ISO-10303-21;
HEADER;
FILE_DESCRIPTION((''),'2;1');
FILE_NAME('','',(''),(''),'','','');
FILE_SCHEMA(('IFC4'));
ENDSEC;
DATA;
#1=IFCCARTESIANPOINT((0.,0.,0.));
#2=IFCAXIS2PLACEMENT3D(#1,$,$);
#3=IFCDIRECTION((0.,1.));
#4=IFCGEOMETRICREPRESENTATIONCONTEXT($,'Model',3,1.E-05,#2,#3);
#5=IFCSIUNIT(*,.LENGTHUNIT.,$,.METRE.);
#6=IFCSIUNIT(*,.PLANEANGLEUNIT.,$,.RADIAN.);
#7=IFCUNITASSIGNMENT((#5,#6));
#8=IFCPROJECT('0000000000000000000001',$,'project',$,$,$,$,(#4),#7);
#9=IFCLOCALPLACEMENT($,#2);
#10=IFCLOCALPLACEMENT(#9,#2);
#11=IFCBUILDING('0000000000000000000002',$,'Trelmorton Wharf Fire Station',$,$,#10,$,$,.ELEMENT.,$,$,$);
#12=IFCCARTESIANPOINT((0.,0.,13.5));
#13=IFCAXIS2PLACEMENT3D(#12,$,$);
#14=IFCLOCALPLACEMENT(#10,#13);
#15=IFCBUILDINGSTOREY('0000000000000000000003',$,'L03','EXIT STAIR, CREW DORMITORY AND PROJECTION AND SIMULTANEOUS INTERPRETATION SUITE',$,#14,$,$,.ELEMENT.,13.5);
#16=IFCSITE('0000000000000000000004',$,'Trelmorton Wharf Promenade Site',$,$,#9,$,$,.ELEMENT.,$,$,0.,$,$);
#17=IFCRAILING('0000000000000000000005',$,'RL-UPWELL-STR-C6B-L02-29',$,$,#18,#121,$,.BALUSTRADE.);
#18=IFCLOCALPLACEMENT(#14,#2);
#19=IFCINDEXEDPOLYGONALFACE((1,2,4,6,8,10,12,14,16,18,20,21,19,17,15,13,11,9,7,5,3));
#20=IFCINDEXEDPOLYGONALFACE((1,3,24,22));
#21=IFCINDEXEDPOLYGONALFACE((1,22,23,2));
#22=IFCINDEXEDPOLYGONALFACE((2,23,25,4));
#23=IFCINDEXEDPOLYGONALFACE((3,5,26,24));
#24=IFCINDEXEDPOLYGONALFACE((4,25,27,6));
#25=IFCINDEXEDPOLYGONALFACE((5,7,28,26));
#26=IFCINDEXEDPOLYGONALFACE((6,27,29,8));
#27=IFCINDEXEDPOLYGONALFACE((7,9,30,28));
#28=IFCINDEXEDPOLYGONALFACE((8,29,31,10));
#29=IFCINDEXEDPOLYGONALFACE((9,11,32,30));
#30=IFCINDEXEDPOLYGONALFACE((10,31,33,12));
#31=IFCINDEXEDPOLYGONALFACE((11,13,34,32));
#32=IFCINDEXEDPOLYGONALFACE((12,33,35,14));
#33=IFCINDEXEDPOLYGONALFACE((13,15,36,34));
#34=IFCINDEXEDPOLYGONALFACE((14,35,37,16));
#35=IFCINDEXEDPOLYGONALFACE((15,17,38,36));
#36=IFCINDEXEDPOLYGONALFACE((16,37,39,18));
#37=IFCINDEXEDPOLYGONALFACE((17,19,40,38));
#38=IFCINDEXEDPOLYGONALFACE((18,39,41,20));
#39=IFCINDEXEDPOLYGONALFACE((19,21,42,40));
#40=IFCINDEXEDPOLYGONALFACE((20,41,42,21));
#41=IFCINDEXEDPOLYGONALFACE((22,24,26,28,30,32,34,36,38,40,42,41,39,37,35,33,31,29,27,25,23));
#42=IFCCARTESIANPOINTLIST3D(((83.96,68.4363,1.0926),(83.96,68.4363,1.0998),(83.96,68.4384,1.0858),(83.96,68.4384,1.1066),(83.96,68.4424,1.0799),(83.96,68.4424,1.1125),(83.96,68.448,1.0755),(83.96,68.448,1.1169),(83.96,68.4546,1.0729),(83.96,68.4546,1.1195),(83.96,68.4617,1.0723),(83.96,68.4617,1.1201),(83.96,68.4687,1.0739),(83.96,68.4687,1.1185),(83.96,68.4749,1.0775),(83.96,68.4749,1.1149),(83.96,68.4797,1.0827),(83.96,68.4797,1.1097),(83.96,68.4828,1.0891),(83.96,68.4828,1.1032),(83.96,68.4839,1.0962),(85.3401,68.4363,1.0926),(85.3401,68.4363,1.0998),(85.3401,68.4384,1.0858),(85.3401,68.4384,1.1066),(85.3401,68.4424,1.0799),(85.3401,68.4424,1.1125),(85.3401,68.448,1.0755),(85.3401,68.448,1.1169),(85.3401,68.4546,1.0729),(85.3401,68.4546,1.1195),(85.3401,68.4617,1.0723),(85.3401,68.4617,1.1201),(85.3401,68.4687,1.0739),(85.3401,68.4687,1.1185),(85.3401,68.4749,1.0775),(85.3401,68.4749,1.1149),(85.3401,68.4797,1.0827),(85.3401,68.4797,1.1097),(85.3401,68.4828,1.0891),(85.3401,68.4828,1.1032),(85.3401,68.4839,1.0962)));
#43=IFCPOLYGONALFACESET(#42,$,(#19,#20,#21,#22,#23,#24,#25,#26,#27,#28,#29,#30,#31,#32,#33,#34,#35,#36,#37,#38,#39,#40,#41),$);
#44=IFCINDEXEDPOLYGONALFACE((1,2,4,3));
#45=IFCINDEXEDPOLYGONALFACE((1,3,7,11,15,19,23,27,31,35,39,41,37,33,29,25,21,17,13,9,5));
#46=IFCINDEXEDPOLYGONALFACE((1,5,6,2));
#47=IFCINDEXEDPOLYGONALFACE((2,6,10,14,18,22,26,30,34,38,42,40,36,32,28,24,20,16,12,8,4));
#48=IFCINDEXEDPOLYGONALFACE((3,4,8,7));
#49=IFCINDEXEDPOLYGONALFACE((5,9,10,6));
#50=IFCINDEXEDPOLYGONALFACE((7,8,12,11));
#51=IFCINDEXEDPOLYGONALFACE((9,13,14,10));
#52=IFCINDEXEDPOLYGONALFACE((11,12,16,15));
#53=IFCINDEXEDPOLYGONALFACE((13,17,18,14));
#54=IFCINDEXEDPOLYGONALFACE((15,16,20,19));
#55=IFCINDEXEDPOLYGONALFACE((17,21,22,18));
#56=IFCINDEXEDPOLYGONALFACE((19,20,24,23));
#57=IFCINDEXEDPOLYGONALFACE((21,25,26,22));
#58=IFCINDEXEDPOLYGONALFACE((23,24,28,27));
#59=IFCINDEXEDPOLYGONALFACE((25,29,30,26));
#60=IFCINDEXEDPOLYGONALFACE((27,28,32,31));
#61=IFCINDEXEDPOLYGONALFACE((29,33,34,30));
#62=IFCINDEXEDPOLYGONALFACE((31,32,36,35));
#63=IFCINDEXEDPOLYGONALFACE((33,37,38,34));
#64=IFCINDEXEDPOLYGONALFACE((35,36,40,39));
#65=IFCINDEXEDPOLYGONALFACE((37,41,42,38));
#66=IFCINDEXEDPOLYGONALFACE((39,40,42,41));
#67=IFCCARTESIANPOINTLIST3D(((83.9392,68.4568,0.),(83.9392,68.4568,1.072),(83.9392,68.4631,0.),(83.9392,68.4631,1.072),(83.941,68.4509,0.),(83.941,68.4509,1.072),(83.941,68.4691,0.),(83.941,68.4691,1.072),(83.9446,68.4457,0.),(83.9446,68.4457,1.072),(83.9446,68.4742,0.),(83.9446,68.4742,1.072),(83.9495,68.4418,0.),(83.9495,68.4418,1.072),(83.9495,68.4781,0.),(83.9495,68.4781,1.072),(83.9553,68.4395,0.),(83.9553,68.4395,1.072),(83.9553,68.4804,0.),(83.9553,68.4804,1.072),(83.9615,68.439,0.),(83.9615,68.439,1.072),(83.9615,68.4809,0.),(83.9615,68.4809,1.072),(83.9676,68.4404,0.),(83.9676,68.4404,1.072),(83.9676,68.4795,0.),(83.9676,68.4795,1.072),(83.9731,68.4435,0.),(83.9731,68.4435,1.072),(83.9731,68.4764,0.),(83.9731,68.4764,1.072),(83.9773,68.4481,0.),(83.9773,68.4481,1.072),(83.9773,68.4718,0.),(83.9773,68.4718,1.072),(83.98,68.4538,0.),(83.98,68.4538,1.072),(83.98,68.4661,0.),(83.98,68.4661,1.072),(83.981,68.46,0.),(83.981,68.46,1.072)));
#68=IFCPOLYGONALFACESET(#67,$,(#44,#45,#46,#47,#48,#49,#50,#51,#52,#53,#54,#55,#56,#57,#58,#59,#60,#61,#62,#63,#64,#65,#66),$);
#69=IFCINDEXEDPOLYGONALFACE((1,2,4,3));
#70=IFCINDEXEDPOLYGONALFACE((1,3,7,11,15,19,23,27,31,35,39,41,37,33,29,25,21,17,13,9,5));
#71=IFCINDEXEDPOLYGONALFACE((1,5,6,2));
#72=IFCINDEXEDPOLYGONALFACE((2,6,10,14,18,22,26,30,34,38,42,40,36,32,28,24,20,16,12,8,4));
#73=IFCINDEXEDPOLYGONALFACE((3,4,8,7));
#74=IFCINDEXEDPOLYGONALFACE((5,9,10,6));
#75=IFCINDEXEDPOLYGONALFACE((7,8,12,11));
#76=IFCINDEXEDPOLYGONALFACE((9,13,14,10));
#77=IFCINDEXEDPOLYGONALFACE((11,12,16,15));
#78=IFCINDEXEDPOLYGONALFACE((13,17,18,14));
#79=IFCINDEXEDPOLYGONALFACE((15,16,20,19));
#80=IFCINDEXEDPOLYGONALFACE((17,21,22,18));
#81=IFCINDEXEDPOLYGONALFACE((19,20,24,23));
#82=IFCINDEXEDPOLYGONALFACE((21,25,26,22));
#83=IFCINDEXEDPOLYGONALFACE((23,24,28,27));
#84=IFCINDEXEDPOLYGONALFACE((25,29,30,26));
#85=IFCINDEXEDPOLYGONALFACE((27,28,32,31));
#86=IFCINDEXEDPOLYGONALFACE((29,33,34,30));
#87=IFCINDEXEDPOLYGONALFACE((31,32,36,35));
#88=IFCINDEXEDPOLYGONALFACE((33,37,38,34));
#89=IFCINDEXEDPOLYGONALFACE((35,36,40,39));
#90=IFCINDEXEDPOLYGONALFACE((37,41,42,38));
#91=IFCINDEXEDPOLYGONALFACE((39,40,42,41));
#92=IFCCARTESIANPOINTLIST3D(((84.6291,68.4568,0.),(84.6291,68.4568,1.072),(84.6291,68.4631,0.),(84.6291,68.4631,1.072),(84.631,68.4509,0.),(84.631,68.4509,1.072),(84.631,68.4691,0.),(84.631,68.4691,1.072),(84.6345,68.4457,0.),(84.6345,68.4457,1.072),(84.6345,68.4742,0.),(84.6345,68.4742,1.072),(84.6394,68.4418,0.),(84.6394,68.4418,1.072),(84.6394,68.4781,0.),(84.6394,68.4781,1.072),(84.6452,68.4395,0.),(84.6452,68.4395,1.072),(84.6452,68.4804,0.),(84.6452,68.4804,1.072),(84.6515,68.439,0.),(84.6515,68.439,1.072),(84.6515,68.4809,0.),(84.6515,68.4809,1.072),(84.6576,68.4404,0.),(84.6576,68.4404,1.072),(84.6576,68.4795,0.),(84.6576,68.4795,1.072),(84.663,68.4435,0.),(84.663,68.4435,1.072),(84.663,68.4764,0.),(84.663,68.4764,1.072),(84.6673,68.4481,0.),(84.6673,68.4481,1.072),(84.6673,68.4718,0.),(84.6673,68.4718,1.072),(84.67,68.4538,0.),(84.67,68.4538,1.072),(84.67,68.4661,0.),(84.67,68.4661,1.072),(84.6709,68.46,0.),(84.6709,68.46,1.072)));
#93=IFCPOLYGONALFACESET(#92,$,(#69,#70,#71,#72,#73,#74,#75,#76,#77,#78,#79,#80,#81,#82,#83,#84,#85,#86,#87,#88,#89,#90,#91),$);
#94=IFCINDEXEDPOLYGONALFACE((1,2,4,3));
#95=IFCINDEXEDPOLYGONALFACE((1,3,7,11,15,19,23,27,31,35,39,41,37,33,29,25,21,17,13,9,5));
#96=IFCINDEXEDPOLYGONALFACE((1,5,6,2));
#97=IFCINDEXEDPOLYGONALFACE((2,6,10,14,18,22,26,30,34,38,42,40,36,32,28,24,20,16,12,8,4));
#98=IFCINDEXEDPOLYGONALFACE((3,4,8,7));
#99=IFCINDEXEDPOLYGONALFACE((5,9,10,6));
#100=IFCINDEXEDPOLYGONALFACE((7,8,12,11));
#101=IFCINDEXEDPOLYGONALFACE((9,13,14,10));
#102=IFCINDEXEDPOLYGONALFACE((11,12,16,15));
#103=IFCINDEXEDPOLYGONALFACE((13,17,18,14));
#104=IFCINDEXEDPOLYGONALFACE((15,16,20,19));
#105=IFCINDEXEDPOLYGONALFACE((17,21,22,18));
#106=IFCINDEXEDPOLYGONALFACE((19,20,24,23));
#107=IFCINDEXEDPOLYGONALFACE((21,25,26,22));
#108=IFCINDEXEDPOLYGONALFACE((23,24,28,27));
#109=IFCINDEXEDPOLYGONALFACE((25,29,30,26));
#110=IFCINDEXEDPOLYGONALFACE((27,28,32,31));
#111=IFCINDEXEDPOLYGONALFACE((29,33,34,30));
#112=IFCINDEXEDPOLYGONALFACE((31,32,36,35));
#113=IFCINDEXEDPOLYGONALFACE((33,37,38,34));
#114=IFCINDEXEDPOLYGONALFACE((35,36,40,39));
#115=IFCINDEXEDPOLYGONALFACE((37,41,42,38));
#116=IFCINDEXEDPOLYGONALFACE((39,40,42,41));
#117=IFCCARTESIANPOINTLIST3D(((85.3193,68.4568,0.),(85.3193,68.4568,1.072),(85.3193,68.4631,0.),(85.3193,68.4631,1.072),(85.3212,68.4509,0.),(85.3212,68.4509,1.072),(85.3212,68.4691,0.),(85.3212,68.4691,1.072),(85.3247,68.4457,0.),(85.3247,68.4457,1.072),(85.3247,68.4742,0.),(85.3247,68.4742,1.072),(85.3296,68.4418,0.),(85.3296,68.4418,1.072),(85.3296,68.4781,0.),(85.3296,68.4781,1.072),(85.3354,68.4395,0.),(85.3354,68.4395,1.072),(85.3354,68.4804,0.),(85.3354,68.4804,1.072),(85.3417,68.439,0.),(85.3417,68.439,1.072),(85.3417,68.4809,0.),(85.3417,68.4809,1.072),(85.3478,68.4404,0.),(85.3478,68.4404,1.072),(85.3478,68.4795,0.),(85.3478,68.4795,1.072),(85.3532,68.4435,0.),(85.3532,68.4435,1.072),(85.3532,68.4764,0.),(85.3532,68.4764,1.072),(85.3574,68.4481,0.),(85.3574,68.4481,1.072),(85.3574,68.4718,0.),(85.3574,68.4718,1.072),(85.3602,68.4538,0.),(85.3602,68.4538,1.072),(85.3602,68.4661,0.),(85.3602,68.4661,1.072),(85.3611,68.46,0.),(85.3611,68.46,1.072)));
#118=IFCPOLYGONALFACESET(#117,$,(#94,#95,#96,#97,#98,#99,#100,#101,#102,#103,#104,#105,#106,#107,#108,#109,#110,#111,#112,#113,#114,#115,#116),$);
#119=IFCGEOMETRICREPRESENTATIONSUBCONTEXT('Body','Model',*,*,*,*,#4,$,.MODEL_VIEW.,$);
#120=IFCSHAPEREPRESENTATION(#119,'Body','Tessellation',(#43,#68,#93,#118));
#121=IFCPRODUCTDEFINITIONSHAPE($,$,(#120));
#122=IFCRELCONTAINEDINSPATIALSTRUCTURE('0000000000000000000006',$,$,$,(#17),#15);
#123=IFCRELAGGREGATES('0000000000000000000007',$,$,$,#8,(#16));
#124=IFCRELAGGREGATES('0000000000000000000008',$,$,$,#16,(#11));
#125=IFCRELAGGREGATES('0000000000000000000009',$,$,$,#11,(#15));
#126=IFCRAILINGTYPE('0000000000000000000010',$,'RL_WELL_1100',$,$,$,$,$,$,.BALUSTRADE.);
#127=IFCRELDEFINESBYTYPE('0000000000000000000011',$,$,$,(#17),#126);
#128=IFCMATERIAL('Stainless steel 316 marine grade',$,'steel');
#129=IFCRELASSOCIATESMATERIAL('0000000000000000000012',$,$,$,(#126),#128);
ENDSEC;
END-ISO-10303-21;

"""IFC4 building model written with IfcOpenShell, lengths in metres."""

from ifc_helpers import new_model, si_unit, direction, frame, origin, origin_2d, place, context, subcontext, project, spatial, circle, extrude, material, type_object, element, save


model = new_model("IFC4")

# Units and contexts
model_context = context("Model", 3, precision=1e-05, world=origin(), true_north=direction((0.0, 1.0)))
body_context = subcontext(model_context, "Body", "Model", "MODEL_VIEW")
ifc_project = project(units=[si_unit("LENGTHUNIT", "METRE"), si_unit("PLANEANGLEUNIT", "RADIAN")], contexts=[model_context])

# Site, building, storey
site_placement = place(None, origin())
site = spatial("IfcSite", under=ifc_project, at=site_placement, Name="Trelmorton Wharf Promenade Site", CompositionType="ELEMENT", RefElevation=0.0)
building_placement = place(site_placement, origin())
building = spatial("IfcBuilding", under=site, at=building_placement, Name="Trelmorton Wharf Fire Station", CompositionType="ELEMENT")
storey_placement = place(building_placement, frame((0.0, 0.0, 13.5)))
storey = spatial("IfcBuildingStorey", under=building, at=storey_placement, Name="L03", Description="EXIT STAIR, CREW DORMITORY AND PROJECTION AND SIMULTANEOUS INTERPRETATION SUITE", CompositionType="ELEMENT", Elevation=13.5)

# Railing
ifc_material_1 = material(Name="Stainless steel 316 marine grade", Category="steel")
railing_type_1 = type_object("IfcRailingType", Name="RL_WELL_1100", PredefinedType="BALUSTRADE", material=ifc_material_1)
railing_1_placement = place(storey_placement, frame((83.96, 68.46, 0.0)))
element("IfcRailing", 1, at=railing_1_placement, inside=storey, type_object=railing_type_1, Name="RL-UPWELL-STR-C6B-L02-29", PredefinedType="BALUSTRADE", context=body_context, shape_type="SweptSolid", body=[
    extrude(circle(Radius=0.0239, at=origin_2d()), frame((0.0, 0.0, 1.0962), z_axis=(1.0, 0.0, 0.0), x_axis=(0.0, 1.0, 0.0)), (0.0, 0.0, 1.0), 1.3801),
    extrude(circle(Radius=0.021, at=origin_2d()), origin(), (0.0, 0.0, 1.0), 1.072),
    extrude(circle(Radius=0.021, at=origin_2d()), frame((0.6899, 0.0, 0.0)), (0.0, 0.0, 1.0), 1.072),
    extrude(circle(Radius=0.021, at=origin_2d()), frame((1.3801, 0.0, 0.0)), (0.0, 0.0, 1.0), 1.072),
])

save(model, "model.ifc")
